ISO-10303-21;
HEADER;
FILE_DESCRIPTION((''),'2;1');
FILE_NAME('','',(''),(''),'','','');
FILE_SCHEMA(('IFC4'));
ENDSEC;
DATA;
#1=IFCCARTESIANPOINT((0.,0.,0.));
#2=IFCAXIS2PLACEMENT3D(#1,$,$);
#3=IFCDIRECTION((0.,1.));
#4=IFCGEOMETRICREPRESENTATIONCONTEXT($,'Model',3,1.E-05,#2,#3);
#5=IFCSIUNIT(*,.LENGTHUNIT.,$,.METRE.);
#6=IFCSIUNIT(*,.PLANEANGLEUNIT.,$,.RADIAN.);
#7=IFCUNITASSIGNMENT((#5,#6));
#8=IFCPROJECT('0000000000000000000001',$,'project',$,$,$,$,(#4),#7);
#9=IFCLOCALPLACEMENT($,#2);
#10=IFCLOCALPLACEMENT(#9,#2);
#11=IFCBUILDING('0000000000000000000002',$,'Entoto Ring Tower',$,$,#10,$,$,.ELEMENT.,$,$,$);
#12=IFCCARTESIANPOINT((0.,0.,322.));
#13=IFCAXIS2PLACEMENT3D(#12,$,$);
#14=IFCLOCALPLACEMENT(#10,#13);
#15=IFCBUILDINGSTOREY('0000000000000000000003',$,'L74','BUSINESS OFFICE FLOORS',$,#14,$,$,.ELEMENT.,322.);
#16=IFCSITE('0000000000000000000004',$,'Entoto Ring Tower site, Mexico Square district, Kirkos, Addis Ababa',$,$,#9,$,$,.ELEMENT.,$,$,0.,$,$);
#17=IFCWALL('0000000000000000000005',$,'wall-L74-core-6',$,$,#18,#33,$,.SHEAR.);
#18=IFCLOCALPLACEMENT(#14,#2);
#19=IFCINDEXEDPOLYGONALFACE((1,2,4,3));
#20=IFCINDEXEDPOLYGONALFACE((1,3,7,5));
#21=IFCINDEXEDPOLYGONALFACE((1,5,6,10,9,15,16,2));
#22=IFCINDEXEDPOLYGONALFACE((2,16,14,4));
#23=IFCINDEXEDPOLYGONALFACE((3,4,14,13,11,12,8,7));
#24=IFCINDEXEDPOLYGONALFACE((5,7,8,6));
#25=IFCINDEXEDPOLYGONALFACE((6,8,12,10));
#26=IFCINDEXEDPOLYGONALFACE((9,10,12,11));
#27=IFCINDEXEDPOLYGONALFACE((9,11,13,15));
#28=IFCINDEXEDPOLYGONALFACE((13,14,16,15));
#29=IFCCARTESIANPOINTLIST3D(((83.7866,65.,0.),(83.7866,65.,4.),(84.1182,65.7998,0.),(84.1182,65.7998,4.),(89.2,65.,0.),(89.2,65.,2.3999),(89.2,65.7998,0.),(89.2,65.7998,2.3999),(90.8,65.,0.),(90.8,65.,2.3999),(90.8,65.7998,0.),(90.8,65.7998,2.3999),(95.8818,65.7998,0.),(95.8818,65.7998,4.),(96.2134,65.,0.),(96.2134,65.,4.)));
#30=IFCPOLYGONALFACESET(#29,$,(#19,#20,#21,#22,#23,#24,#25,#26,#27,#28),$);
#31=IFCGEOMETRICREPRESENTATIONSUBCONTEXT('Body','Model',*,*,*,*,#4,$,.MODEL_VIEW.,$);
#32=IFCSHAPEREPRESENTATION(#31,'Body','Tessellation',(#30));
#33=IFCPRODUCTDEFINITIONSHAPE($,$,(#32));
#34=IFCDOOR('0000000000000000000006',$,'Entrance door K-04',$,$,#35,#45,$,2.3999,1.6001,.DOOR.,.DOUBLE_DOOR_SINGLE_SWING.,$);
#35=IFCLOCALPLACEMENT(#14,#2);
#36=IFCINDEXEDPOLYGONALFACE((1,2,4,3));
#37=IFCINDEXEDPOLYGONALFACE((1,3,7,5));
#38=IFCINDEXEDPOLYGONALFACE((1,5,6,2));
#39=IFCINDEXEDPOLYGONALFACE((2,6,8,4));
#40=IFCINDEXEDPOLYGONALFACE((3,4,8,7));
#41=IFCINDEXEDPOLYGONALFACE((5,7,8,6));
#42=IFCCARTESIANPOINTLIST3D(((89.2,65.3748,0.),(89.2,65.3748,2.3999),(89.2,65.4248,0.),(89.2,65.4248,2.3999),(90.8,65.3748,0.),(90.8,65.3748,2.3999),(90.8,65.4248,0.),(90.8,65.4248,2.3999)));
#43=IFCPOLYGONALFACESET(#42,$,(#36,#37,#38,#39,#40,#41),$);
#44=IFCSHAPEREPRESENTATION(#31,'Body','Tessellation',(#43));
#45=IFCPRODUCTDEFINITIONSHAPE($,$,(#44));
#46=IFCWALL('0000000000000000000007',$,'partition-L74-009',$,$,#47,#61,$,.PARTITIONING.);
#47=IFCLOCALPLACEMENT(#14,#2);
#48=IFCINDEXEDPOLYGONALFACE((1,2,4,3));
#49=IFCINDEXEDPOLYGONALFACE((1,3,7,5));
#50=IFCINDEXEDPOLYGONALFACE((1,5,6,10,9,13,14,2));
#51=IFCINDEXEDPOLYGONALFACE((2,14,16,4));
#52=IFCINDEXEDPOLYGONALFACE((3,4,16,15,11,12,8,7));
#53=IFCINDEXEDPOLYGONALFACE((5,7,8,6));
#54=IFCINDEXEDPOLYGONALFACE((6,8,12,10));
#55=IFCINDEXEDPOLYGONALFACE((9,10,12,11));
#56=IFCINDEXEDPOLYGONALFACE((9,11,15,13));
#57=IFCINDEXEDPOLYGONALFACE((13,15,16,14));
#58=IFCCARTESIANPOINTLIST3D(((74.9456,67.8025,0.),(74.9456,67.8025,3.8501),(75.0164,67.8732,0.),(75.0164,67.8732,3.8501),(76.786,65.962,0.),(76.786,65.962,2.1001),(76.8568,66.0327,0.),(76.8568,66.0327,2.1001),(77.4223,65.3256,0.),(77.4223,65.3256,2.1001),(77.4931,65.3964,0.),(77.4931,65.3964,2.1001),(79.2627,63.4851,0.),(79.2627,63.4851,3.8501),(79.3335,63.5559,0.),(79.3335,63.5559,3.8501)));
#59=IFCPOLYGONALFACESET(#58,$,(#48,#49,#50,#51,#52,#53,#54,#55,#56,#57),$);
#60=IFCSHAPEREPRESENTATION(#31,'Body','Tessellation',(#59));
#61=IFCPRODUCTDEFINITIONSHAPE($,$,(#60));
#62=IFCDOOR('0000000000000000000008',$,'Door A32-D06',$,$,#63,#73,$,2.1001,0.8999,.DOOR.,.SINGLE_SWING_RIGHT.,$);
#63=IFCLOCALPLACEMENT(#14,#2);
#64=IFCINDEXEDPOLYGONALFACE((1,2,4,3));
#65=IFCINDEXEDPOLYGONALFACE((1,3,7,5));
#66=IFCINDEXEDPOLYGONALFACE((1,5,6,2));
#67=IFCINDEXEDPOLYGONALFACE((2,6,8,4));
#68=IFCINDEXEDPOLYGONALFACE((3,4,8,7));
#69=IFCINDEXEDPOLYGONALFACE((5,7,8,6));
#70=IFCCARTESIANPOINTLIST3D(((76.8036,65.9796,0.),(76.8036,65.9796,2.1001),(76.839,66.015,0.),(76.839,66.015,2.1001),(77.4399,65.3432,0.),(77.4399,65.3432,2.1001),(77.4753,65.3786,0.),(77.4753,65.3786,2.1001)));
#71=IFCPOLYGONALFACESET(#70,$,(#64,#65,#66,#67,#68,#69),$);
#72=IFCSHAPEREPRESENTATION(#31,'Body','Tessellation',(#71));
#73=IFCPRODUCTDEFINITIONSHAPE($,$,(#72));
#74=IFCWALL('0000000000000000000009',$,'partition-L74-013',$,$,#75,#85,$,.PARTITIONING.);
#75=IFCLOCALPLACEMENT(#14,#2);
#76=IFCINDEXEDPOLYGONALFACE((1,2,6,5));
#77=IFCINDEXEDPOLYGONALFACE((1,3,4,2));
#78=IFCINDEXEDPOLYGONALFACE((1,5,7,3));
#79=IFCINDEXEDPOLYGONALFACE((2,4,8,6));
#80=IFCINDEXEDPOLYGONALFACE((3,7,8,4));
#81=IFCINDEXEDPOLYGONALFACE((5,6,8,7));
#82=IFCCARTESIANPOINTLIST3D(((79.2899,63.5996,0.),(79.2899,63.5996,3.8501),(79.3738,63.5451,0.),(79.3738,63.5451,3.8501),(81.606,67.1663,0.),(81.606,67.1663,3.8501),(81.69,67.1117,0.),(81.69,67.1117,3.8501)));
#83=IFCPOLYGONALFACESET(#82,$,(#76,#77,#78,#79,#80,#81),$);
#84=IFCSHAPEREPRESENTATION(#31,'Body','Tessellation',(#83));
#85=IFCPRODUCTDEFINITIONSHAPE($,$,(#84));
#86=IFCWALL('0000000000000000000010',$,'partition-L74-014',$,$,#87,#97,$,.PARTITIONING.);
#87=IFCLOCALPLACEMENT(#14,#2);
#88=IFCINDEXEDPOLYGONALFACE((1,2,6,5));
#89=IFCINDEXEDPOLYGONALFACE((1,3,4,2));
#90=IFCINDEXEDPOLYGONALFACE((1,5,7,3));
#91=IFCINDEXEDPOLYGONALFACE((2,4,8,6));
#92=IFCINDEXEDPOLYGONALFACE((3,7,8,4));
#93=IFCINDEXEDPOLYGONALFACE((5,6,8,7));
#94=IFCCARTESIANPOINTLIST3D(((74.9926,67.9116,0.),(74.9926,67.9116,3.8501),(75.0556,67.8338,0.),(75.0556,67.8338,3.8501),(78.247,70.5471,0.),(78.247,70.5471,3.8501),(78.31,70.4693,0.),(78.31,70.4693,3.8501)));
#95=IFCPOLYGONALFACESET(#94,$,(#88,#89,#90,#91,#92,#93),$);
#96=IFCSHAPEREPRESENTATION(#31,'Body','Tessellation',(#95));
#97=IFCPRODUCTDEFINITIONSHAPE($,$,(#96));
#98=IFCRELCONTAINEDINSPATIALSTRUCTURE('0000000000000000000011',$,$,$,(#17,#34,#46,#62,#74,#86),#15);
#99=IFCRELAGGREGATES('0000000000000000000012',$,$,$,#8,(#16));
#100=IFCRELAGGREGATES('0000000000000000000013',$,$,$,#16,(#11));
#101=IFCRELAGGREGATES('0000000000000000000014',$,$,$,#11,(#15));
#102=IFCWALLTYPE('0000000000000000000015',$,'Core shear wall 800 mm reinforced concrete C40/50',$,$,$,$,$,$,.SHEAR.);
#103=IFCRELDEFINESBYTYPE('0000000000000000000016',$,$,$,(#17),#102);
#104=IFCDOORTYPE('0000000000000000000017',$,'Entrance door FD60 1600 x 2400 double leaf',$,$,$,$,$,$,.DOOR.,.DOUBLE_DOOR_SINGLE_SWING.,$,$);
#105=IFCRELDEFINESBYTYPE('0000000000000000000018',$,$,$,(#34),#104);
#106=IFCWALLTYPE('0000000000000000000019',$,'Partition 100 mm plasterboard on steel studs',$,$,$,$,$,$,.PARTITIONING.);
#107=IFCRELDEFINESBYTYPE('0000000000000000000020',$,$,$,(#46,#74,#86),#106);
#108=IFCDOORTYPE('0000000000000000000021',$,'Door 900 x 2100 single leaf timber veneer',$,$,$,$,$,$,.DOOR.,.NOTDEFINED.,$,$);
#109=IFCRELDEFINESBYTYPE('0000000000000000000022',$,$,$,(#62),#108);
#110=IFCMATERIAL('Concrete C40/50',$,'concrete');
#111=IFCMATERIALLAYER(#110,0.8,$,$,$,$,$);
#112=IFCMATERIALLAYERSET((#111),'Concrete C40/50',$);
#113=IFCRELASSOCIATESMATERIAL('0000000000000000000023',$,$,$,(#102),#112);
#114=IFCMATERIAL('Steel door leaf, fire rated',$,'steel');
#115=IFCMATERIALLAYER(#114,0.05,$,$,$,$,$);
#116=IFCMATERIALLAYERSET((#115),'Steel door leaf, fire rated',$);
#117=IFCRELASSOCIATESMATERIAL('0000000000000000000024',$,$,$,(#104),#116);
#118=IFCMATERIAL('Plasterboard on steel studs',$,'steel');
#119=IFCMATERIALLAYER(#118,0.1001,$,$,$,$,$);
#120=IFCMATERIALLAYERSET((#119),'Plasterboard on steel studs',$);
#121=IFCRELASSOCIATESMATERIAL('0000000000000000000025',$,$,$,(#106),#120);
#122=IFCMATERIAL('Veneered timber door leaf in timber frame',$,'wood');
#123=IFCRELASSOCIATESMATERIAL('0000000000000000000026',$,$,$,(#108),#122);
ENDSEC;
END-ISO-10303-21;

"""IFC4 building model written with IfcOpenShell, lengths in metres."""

from ifc_helpers import new_model, si_unit, direction, frame, frame_2d, origin, place, context, subcontext, project, spatial, polyline, rectangle, outline, extrude, material, layer, layer_set, type_object, element, fill, save


model = new_model("IFC4")

# Units and contexts
model_context = context("Model", 3, precision=1e-05, world=origin(), true_north=direction((0.0, 1.0)))
body_context = subcontext(model_context, "Body", "Model", "MODEL_VIEW")
ifc_project = project(units=[si_unit("LENGTHUNIT", "METRE"), si_unit("PLANEANGLEUNIT", "RADIAN")], contexts=[model_context])

# Site, building, storey
site_placement = place(None, origin())
site = spatial("IfcSite", under=ifc_project, at=site_placement, Name="Entoto Ring Tower site, Mexico Square district, Kirkos, Addis Ababa", CompositionType="ELEMENT", RefElevation=0.0)
building_placement = place(site_placement, origin())
building = spatial("IfcBuilding", under=site, at=building_placement, Name="Entoto Ring Tower", CompositionType="ELEMENT")
storey_placement = place(building_placement, frame((0.0, 0.0, 322.0)))
storey = spatial("IfcBuildingStorey", under=building, at=storey_placement, Name="L74", Description="BUSINESS OFFICE FLOORS", CompositionType="ELEMENT", Elevation=322.0)

# Walls, openings, doors
ifc_material_1 = material(Name="Concrete C40/50", Category="concrete")
ifc_layer_1 = layer(ifc_material_1, 0.8)
ifc_layer_set_1 = layer_set([ifc_layer_1], Name="Concrete C40/50")
wall_type_1 = type_object("IfcWallType", Name="Core shear wall 800 mm reinforced concrete C40/50", PredefinedType="SHEAR", material=ifc_layer_set_1)
wall_1_placement = place(storey_placement, frame((83.9524, 65.3999, 0.0), z_axis=(0.0, 0.0, 1.0), x_axis=(1.0, 0.0, 0.0)))
wall_1 = element("IfcWall", 1, at=wall_1_placement, inside=storey, type_object=wall_type_1, Name="wall-L74-core-6", PredefinedType="SHEAR", context=body_context, shape_type="SweptSolid", body=[
    extrude(outline(polyline([(-0.1658, -0.3999), (12.261, -0.3999), (11.9294, 0.3999), (0.1658, 0.3999), (-0.1658, -0.3999)])), origin(), (0.0, 0.0, 1.0), 4.0),
])
opening_1_placement = place(wall_1_placement, frame((5.2476, 0.0, 0.0)))
opening_1 = element("IfcOpeningElement", 2, at=opening_1_placement, cuts=wall_1, PredefinedType="OPENING", context=body_context, shape_type="SweptSolid", body=[
    extrude(rectangle(XDim=1.6001, YDim=2.3999, at=frame_2d((0.8, 1.2))), frame((0.0, 0.4102, 0.0), z_axis=(0.0, -1.0, 0.0), x_axis=(1.0, 0.0, 0.0)), (0.0, 0.0, 1.0), 0.8201),
])
ifc_material_2 = material(Name="Steel door leaf, fire rated", Category="steel")
ifc_layer_2 = layer(ifc_material_2, 0.05)
ifc_layer_set_2 = layer_set([ifc_layer_2], Name="Steel door leaf, fire rated")
door_type_1 = type_object("IfcDoorType", Name="Entrance door FD60 1600 x 2400 double leaf", OperationType="DOUBLE_DOOR_SINGLE_SWING", PredefinedType="DOOR", material=ifc_layer_set_2)
door_1_placement = place(opening_1_placement, origin())
door_1 = element("IfcDoor", 3, at=door_1_placement, inside=storey, type_object=door_type_1, Name="Entrance door K-04", OperationType="DOUBLE_DOOR_SINGLE_SWING", OverallHeight=2.3999, OverallWidth=1.6001, PredefinedType="DOOR", context=body_context, shape_type="SweptSolid", body=[
    extrude(rectangle(XDim=1.6001, YDim=2.3999, at=frame_2d((0.8, 1.2))), frame((0.0, 0.0249, 0.0), z_axis=(0.0, -1.0, 0.0), x_axis=(1.0, 0.0, 0.0)), (0.0, 0.0, 1.0), 0.05),
])
fill(opening_1, door_1)
ifc_material_3 = material(Name="Plasterboard on steel studs", Category="steel")
ifc_layer_3 = layer(ifc_material_3, 0.1001)
ifc_layer_set_3 = layer_set([ifc_layer_3], Name="Plasterboard on steel studs")
wall_type_2 = type_object("IfcWallType", Name="Partition 100 mm plasterboard on steel studs", PredefinedType="PARTITIONING", material=ifc_layer_set_3)
wall_2_placement = place(storey_placement, frame((79.2981, 63.5205, 0.0), z_axis=(0.0, 0.0, 1.0), x_axis=(-0.707087, 0.707127, 0.0)))
wall_2 = element("IfcWall", 4, at=wall_2_placement, inside=storey, type_object=wall_type_2, Name="partition-L74-009", PredefinedType="PARTITIONING", context=body_context, shape_type="SweptSolid", body=[
    extrude(rectangle(XDim=6.1055, YDim=0.1001, at=frame_2d((3.0527, 0.0))), origin(), (0.0, 0.0, 1.0), 3.8501),
])
opening_2_placement = place(wall_2_placement, frame((2.6028, 0.0, 0.0)))
opening_2 = element("IfcOpeningElement", 5, at=opening_2_placement, cuts=wall_2, PredefinedType="OPENING", context=body_context, shape_type="SweptSolid", body=[
    extrude(rectangle(XDim=0.8999, YDim=2.1001, at=frame_2d((0.45, 1.05))), frame((0.0, 0.0601, 0.0), z_axis=(0.0, -1.0, 0.0), x_axis=(1.0, 0.0, 0.0)), (0.0, 0.0, 1.0), 0.1201),
])
ifc_material_4 = material(Name="Veneered timber door leaf in timber frame", Category="wood")
door_type_2 = type_object("IfcDoorType", Name="Door 900 x 2100 single leaf timber veneer", OperationType="NOTDEFINED", PredefinedType="DOOR", material=ifc_material_4)
door_2_placement = place(opening_2_placement, frame((0.8999, 0.0, 0.0), z_axis=(0.0, 0.0, 1.0), x_axis=(-1.0, 0.0, 0.0)))
door_2 = element("IfcDoor", 6, at=door_2_placement, inside=storey, type_object=door_type_2, Name="Door A32-D06", OperationType="SINGLE_SWING_RIGHT", OverallHeight=2.1001, OverallWidth=0.8999, PredefinedType="DOOR", context=body_context, shape_type="SweptSolid", body=[
    extrude(rectangle(XDim=0.8999, YDim=2.1001, at=frame_2d((0.45, 1.05))), frame((0.0, 0.0249, 0.0), z_axis=(0.0, -1.0, 0.0), x_axis=(1.0, 0.0, 0.0)), (0.0, 0.0, 1.0), 0.05),
])
fill(opening_2, door_2)

# Walls
wall_3_placement = place(storey_placement, frame((79.3318, 63.5723, 0.0), z_axis=(0.0, 0.0, 1.0), x_axis=(0.544631, 0.838676, 0.0)))
element("IfcWall", 7, at=wall_3_placement, inside=storey, type_object=wall_type_2, Name="partition-L74-013", PredefinedType="PARTITIONING", context=body_context, shape_type="SweptSolid", body=[
    extrude(rectangle(XDim=4.2527, YDim=0.1001, at=frame_2d((2.1265, 0.0))), origin(), (0.0, 0.0, 1.0), 3.8501),
])
wall_4_placement = place(storey_placement, frame((75.0242, 67.8728, 0.0), z_axis=(0.0, 0.0, 1.0), x_axis=(0.777129, 0.629341, 0.0)))
element("IfcWall", 8, at=wall_4_placement, inside=storey, type_object=wall_type_2, Name="partition-L74-014", PredefinedType="PARTITIONING", context=body_context, shape_type="SweptSolid", body=[
    extrude(rectangle(XDim=4.1877, YDim=0.1001, at=frame_2d((2.0938, 0.0))), origin(), (0.0, 0.0, 1.0), 3.8501),
])

save(model, "model.ifc")
